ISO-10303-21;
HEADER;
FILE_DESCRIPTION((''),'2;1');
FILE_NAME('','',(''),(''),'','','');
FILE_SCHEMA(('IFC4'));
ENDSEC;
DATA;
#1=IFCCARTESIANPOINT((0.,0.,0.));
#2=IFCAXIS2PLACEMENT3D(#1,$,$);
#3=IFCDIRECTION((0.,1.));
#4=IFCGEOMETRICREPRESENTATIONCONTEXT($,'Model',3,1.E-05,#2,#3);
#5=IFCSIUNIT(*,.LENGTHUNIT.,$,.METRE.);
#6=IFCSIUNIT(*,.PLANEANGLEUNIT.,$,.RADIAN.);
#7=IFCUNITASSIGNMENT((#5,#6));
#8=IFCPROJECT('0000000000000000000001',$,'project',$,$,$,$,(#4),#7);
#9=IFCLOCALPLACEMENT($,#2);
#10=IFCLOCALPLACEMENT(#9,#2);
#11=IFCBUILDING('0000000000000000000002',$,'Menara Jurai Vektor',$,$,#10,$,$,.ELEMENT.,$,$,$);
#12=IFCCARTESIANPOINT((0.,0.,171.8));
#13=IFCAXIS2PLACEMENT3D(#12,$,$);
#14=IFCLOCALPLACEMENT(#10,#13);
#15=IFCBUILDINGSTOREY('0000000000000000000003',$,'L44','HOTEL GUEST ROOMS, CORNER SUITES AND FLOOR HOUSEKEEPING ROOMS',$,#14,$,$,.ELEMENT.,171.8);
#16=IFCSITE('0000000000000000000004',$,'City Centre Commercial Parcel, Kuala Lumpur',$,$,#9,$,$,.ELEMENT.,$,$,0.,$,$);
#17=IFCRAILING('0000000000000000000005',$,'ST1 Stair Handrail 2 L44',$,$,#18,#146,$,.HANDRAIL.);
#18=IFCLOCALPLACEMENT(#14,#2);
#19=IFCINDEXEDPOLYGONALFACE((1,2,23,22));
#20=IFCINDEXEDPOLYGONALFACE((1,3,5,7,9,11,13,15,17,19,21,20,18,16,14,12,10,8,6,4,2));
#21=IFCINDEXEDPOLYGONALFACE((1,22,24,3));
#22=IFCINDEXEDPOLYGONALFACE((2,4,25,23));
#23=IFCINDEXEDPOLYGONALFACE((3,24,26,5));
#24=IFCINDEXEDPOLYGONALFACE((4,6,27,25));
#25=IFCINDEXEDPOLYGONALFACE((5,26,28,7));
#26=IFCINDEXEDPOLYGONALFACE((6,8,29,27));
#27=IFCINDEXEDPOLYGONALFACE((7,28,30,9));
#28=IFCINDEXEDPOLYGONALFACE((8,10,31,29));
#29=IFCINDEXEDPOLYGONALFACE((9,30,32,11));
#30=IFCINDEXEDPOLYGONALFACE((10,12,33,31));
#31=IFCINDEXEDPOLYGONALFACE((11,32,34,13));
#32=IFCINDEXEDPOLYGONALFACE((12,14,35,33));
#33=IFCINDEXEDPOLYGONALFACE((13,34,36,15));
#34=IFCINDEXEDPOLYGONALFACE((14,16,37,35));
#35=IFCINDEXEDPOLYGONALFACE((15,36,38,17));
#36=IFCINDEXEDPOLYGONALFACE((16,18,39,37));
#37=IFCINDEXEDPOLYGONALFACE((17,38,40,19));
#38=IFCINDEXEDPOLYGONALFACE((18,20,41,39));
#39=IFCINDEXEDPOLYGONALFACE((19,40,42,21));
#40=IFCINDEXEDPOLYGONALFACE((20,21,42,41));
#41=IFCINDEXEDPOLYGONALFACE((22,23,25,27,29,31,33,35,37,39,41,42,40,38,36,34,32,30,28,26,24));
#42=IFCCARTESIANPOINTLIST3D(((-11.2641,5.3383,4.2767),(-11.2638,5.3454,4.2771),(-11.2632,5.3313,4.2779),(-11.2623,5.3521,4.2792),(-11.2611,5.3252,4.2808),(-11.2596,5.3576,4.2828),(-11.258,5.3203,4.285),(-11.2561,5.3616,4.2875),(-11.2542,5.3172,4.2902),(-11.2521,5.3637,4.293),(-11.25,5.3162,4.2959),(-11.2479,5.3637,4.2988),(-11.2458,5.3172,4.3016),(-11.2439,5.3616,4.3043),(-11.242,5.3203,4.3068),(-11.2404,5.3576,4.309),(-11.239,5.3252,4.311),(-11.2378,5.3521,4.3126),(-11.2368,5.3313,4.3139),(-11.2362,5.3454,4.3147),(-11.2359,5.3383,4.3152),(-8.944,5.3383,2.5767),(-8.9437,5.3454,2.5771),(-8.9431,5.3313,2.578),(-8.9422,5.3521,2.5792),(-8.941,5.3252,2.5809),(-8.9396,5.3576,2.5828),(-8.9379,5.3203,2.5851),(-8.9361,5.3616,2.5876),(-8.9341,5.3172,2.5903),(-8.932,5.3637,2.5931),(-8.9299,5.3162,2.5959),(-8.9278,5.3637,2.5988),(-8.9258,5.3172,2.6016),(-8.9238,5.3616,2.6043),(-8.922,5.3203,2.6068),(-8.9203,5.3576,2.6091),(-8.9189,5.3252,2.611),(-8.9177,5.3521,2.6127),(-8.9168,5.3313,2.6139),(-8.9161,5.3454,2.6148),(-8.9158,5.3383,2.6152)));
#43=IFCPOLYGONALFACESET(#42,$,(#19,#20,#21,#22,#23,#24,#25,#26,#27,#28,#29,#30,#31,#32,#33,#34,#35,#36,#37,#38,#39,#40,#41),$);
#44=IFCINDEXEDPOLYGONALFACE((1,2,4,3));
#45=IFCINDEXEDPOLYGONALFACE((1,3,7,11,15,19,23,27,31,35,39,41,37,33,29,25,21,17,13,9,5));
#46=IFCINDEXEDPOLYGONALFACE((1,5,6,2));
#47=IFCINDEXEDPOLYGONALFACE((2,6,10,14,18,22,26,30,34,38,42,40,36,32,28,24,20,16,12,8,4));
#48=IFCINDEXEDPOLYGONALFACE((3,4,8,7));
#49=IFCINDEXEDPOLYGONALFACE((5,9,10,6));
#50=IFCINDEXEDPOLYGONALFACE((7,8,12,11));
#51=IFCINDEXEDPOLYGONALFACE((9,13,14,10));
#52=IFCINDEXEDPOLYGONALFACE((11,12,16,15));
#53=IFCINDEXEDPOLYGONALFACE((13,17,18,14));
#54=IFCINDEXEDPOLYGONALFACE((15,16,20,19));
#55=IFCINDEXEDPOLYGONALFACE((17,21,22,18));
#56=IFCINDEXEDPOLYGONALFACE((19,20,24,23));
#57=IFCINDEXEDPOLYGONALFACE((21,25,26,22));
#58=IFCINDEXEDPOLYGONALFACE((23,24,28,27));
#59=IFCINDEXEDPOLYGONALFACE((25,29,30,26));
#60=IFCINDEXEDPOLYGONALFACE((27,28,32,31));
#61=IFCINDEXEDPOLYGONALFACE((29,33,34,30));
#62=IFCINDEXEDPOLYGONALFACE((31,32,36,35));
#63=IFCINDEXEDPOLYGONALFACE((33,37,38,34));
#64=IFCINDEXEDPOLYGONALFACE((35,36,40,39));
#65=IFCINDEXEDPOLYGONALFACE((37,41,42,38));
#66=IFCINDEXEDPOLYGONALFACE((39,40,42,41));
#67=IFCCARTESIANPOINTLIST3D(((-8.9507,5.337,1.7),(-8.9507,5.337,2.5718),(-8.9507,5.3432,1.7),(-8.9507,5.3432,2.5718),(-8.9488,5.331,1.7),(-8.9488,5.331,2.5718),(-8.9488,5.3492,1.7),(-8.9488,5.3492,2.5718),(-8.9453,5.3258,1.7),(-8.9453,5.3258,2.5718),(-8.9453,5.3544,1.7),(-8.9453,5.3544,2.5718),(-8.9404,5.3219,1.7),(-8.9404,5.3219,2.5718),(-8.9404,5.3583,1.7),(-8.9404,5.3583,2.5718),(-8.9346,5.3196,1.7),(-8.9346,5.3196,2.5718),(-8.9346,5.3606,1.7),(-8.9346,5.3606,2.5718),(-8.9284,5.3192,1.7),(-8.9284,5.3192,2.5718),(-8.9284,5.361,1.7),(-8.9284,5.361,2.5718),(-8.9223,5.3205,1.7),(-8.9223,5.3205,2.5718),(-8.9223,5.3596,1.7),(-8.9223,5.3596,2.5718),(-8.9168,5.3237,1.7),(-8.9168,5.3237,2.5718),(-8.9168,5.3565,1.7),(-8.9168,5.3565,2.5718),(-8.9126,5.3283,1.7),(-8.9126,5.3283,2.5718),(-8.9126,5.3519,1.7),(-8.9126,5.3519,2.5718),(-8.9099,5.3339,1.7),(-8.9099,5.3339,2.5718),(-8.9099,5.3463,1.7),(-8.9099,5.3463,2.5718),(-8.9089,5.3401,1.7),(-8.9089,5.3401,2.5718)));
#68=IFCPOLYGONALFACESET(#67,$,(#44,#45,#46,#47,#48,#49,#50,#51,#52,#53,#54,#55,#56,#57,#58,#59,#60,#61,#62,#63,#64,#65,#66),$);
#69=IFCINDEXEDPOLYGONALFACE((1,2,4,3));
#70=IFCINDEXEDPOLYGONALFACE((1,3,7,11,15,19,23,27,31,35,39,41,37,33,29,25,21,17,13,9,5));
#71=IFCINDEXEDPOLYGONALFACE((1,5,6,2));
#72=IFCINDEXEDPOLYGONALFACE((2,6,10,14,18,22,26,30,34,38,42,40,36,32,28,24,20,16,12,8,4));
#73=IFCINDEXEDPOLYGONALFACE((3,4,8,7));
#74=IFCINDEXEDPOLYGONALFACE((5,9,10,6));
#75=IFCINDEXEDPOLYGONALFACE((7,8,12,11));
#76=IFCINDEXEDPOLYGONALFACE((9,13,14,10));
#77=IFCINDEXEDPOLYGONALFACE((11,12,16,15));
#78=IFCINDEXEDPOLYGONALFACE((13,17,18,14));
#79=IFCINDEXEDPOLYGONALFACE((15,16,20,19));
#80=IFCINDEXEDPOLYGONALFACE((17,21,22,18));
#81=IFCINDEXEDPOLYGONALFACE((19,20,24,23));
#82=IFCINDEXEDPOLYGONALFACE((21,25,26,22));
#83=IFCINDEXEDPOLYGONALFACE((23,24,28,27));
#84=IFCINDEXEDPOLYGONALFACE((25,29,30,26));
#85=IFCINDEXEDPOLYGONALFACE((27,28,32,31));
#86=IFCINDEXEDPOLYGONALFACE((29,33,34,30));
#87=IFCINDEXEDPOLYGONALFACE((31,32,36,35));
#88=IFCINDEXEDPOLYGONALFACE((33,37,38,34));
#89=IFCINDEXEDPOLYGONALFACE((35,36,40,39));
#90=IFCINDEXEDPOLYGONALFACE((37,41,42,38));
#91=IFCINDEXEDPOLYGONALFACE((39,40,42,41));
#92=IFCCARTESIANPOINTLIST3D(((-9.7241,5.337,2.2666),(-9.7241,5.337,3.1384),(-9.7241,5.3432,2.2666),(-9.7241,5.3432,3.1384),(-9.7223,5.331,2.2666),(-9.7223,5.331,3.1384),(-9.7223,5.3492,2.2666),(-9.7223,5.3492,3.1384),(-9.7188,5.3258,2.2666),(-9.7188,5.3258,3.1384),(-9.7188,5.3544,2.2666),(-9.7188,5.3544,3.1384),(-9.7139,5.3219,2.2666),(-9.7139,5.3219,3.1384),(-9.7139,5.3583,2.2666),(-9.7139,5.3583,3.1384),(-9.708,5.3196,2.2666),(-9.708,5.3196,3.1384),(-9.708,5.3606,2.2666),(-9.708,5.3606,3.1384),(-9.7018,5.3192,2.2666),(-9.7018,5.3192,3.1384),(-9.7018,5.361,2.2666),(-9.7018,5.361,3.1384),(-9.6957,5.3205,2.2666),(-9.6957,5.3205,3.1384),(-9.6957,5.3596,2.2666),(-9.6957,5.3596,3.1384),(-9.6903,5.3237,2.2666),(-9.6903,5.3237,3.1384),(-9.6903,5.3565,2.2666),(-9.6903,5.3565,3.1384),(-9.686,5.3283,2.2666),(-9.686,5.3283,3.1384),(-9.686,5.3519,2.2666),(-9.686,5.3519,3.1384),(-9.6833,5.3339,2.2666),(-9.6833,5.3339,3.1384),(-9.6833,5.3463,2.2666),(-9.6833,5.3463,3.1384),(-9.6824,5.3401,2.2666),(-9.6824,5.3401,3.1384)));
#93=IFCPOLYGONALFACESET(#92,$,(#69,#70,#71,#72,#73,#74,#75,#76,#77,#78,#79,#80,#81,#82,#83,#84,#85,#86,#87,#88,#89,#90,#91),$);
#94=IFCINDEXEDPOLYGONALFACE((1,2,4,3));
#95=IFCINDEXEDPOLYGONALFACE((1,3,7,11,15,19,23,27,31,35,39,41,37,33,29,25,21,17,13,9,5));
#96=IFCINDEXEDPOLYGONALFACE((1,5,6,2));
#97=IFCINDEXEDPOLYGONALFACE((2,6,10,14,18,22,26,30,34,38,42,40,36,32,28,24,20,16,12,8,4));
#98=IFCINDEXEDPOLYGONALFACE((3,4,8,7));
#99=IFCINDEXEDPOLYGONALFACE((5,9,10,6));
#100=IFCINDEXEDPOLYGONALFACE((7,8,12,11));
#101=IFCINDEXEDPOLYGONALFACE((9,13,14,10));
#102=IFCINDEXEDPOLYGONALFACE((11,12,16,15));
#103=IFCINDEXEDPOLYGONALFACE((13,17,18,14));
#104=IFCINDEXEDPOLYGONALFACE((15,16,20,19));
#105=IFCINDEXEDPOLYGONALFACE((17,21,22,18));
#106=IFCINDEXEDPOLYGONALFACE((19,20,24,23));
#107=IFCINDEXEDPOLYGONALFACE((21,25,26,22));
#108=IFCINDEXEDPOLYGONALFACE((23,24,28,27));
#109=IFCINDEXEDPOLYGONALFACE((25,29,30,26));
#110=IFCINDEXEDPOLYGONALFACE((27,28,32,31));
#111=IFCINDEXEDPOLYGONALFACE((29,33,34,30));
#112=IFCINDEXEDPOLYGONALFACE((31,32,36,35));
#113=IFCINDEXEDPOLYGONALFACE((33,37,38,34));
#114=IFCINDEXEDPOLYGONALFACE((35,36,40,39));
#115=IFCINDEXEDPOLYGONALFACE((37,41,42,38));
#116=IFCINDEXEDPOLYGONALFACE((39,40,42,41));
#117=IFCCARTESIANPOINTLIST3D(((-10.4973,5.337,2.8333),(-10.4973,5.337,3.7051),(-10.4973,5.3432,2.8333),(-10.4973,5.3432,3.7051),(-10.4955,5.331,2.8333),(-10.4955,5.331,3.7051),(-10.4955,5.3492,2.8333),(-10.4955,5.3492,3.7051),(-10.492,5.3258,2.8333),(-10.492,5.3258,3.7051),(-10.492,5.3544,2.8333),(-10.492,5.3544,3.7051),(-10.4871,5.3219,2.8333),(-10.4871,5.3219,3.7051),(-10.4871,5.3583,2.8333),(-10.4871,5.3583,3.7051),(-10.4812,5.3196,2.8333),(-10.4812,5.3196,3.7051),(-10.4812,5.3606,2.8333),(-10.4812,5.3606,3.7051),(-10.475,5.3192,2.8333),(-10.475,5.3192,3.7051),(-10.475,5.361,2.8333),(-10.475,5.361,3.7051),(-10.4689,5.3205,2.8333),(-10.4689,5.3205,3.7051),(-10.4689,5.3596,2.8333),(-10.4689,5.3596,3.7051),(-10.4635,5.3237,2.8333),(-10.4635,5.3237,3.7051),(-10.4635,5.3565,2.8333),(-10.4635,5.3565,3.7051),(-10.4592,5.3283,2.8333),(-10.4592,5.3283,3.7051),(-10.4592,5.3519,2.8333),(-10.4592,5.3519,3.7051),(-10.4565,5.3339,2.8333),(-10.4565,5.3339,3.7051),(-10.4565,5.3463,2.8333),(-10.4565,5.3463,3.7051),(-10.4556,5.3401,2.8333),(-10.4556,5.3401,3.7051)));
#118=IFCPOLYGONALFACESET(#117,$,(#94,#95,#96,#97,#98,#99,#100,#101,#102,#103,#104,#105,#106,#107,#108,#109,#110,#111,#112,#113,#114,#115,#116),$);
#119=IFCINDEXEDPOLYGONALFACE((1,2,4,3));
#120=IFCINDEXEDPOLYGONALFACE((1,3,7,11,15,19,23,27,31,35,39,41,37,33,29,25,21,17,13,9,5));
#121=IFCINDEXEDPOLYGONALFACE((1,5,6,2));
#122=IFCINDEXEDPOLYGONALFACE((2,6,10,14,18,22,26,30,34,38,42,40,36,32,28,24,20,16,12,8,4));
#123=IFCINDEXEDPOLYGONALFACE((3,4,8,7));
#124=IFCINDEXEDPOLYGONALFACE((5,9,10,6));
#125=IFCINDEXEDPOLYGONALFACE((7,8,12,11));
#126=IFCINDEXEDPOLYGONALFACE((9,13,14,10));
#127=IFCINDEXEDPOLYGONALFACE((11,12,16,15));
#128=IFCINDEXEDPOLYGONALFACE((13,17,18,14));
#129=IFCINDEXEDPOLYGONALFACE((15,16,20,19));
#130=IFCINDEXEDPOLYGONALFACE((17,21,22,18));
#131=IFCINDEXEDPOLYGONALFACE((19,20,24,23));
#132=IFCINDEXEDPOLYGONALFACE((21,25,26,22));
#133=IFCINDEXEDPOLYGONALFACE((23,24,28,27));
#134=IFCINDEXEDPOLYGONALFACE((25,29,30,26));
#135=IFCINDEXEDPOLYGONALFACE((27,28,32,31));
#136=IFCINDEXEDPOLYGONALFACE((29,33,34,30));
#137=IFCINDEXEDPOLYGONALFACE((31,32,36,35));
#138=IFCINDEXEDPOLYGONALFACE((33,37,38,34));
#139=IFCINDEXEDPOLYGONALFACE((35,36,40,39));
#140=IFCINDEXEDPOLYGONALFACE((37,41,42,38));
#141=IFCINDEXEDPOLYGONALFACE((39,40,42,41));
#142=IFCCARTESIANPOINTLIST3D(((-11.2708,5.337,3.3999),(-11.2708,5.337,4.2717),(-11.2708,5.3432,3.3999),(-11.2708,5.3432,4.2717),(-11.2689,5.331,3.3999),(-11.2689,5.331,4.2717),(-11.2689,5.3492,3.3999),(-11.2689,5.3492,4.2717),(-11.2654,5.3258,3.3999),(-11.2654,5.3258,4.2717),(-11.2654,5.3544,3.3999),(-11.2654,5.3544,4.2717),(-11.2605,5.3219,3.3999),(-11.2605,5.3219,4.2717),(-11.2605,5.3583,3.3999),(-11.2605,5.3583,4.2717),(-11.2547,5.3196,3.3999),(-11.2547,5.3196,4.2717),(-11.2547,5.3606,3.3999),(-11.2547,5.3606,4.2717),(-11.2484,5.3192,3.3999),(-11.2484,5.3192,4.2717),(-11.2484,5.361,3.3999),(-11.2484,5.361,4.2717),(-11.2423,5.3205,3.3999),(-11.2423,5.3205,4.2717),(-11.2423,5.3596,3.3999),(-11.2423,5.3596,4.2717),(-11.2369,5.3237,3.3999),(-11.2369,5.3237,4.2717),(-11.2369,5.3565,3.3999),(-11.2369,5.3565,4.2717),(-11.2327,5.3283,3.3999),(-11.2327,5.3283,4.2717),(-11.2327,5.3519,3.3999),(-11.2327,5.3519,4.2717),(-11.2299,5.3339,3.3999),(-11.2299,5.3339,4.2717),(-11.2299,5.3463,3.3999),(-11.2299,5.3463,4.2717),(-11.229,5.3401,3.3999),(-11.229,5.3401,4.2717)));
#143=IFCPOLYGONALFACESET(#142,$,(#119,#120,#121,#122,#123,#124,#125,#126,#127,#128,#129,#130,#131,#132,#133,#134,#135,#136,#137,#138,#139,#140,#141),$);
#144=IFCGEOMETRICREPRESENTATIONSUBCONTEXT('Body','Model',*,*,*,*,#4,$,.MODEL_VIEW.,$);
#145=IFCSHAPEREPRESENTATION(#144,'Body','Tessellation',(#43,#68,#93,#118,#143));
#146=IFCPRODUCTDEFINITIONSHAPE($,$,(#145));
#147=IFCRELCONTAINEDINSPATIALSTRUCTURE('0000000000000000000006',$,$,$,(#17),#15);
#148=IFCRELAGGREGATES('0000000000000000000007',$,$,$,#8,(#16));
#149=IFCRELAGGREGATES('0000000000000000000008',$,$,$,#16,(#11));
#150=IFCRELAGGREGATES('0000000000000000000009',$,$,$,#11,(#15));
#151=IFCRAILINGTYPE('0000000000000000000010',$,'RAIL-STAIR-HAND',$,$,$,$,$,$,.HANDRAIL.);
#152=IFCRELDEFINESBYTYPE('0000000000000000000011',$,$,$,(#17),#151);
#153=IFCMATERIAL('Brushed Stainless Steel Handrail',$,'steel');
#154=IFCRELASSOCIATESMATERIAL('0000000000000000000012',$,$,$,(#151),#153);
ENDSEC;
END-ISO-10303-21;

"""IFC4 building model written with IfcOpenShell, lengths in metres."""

from ifc_helpers import new_model, si_unit, direction, frame, origin, origin_2d, place, context, subcontext, project, spatial, circle, extrude, material, type_object, element, save


model = new_model("IFC4")

# Units and contexts
model_context = context("Model", 3, precision=1e-05, world=origin(), true_north=direction((0.0, 1.0)))
body_context = subcontext(model_context, "Body", "Model", "MODEL_VIEW")
ifc_project = project(units=[si_unit("LENGTHUNIT", "METRE"), si_unit("PLANEANGLEUNIT", "RADIAN")], contexts=[model_context])

# Site, building, storey
site_placement = place(None, origin())
site = spatial("IfcSite", under=ifc_project, at=site_placement, Name="City Centre Commercial Parcel, Kuala Lumpur", CompositionType="ELEMENT", RefElevation=0.0)
building_placement = place(site_placement, origin())
building = spatial("IfcBuilding", under=site, at=building_placement, Name="Menara Jurai Vektor", CompositionType="ELEMENT")
storey_placement = place(building_placement, frame((0.0, 0.0, 171.8)))
storey = spatial("IfcBuildingStorey", under=building, at=storey_placement, Name="L44", Description="HOTEL GUEST ROOMS, CORNER SUITES AND FLOOR HOUSEKEEPING ROOMS", CompositionType="ELEMENT", Elevation=171.8)

# Railing
ifc_material_1 = material(Name="Brushed Stainless Steel Handrail", Category="steel")
railing_type_1 = type_object("IfcRailingType", Name="RAIL-STAIR-HAND", PredefinedType="HANDRAIL", material=ifc_material_1)
railing_1_placement = place(storey_placement, frame((-8.9299, 5.3401, 1.7)))
element("IfcRailing", 1, at=railing_1_placement, inside=storey, type_object=railing_type_1, Name="ST1 Stair Handrail 2 L44", PredefinedType="HANDRAIL", context=body_context, shape_type="SweptSolid", body=[
    extrude(circle(Radius=0.0239, at=origin_2d()), frame((0.0, 0.0, 0.896), z_axis=(-0.806642, 0.0, 0.59104), x_axis=(0.0, -1.0, 0.0)), (0.0, 0.0, 1.0), 2.8762),
    extrude(circle(Radius=0.021, at=origin_2d()), origin(), (0.0, 0.0, 1.0), 0.8718),
    extrude(circle(Radius=0.021, at=origin_2d()), frame((-0.7734, 0.0, 0.5667)), (0.0, 0.0, 1.0), 0.8718),
    extrude(circle(Radius=0.021, at=origin_2d()), frame((-1.5466, 0.0, 1.1333)), (0.0, 0.0, 1.0), 0.8718),
    extrude(circle(Radius=0.021, at=origin_2d()), frame((-2.3201, 0.0, 1.7)), (0.0, 0.0, 1.0), 0.8718),
])

save(model, "model.ifc")
